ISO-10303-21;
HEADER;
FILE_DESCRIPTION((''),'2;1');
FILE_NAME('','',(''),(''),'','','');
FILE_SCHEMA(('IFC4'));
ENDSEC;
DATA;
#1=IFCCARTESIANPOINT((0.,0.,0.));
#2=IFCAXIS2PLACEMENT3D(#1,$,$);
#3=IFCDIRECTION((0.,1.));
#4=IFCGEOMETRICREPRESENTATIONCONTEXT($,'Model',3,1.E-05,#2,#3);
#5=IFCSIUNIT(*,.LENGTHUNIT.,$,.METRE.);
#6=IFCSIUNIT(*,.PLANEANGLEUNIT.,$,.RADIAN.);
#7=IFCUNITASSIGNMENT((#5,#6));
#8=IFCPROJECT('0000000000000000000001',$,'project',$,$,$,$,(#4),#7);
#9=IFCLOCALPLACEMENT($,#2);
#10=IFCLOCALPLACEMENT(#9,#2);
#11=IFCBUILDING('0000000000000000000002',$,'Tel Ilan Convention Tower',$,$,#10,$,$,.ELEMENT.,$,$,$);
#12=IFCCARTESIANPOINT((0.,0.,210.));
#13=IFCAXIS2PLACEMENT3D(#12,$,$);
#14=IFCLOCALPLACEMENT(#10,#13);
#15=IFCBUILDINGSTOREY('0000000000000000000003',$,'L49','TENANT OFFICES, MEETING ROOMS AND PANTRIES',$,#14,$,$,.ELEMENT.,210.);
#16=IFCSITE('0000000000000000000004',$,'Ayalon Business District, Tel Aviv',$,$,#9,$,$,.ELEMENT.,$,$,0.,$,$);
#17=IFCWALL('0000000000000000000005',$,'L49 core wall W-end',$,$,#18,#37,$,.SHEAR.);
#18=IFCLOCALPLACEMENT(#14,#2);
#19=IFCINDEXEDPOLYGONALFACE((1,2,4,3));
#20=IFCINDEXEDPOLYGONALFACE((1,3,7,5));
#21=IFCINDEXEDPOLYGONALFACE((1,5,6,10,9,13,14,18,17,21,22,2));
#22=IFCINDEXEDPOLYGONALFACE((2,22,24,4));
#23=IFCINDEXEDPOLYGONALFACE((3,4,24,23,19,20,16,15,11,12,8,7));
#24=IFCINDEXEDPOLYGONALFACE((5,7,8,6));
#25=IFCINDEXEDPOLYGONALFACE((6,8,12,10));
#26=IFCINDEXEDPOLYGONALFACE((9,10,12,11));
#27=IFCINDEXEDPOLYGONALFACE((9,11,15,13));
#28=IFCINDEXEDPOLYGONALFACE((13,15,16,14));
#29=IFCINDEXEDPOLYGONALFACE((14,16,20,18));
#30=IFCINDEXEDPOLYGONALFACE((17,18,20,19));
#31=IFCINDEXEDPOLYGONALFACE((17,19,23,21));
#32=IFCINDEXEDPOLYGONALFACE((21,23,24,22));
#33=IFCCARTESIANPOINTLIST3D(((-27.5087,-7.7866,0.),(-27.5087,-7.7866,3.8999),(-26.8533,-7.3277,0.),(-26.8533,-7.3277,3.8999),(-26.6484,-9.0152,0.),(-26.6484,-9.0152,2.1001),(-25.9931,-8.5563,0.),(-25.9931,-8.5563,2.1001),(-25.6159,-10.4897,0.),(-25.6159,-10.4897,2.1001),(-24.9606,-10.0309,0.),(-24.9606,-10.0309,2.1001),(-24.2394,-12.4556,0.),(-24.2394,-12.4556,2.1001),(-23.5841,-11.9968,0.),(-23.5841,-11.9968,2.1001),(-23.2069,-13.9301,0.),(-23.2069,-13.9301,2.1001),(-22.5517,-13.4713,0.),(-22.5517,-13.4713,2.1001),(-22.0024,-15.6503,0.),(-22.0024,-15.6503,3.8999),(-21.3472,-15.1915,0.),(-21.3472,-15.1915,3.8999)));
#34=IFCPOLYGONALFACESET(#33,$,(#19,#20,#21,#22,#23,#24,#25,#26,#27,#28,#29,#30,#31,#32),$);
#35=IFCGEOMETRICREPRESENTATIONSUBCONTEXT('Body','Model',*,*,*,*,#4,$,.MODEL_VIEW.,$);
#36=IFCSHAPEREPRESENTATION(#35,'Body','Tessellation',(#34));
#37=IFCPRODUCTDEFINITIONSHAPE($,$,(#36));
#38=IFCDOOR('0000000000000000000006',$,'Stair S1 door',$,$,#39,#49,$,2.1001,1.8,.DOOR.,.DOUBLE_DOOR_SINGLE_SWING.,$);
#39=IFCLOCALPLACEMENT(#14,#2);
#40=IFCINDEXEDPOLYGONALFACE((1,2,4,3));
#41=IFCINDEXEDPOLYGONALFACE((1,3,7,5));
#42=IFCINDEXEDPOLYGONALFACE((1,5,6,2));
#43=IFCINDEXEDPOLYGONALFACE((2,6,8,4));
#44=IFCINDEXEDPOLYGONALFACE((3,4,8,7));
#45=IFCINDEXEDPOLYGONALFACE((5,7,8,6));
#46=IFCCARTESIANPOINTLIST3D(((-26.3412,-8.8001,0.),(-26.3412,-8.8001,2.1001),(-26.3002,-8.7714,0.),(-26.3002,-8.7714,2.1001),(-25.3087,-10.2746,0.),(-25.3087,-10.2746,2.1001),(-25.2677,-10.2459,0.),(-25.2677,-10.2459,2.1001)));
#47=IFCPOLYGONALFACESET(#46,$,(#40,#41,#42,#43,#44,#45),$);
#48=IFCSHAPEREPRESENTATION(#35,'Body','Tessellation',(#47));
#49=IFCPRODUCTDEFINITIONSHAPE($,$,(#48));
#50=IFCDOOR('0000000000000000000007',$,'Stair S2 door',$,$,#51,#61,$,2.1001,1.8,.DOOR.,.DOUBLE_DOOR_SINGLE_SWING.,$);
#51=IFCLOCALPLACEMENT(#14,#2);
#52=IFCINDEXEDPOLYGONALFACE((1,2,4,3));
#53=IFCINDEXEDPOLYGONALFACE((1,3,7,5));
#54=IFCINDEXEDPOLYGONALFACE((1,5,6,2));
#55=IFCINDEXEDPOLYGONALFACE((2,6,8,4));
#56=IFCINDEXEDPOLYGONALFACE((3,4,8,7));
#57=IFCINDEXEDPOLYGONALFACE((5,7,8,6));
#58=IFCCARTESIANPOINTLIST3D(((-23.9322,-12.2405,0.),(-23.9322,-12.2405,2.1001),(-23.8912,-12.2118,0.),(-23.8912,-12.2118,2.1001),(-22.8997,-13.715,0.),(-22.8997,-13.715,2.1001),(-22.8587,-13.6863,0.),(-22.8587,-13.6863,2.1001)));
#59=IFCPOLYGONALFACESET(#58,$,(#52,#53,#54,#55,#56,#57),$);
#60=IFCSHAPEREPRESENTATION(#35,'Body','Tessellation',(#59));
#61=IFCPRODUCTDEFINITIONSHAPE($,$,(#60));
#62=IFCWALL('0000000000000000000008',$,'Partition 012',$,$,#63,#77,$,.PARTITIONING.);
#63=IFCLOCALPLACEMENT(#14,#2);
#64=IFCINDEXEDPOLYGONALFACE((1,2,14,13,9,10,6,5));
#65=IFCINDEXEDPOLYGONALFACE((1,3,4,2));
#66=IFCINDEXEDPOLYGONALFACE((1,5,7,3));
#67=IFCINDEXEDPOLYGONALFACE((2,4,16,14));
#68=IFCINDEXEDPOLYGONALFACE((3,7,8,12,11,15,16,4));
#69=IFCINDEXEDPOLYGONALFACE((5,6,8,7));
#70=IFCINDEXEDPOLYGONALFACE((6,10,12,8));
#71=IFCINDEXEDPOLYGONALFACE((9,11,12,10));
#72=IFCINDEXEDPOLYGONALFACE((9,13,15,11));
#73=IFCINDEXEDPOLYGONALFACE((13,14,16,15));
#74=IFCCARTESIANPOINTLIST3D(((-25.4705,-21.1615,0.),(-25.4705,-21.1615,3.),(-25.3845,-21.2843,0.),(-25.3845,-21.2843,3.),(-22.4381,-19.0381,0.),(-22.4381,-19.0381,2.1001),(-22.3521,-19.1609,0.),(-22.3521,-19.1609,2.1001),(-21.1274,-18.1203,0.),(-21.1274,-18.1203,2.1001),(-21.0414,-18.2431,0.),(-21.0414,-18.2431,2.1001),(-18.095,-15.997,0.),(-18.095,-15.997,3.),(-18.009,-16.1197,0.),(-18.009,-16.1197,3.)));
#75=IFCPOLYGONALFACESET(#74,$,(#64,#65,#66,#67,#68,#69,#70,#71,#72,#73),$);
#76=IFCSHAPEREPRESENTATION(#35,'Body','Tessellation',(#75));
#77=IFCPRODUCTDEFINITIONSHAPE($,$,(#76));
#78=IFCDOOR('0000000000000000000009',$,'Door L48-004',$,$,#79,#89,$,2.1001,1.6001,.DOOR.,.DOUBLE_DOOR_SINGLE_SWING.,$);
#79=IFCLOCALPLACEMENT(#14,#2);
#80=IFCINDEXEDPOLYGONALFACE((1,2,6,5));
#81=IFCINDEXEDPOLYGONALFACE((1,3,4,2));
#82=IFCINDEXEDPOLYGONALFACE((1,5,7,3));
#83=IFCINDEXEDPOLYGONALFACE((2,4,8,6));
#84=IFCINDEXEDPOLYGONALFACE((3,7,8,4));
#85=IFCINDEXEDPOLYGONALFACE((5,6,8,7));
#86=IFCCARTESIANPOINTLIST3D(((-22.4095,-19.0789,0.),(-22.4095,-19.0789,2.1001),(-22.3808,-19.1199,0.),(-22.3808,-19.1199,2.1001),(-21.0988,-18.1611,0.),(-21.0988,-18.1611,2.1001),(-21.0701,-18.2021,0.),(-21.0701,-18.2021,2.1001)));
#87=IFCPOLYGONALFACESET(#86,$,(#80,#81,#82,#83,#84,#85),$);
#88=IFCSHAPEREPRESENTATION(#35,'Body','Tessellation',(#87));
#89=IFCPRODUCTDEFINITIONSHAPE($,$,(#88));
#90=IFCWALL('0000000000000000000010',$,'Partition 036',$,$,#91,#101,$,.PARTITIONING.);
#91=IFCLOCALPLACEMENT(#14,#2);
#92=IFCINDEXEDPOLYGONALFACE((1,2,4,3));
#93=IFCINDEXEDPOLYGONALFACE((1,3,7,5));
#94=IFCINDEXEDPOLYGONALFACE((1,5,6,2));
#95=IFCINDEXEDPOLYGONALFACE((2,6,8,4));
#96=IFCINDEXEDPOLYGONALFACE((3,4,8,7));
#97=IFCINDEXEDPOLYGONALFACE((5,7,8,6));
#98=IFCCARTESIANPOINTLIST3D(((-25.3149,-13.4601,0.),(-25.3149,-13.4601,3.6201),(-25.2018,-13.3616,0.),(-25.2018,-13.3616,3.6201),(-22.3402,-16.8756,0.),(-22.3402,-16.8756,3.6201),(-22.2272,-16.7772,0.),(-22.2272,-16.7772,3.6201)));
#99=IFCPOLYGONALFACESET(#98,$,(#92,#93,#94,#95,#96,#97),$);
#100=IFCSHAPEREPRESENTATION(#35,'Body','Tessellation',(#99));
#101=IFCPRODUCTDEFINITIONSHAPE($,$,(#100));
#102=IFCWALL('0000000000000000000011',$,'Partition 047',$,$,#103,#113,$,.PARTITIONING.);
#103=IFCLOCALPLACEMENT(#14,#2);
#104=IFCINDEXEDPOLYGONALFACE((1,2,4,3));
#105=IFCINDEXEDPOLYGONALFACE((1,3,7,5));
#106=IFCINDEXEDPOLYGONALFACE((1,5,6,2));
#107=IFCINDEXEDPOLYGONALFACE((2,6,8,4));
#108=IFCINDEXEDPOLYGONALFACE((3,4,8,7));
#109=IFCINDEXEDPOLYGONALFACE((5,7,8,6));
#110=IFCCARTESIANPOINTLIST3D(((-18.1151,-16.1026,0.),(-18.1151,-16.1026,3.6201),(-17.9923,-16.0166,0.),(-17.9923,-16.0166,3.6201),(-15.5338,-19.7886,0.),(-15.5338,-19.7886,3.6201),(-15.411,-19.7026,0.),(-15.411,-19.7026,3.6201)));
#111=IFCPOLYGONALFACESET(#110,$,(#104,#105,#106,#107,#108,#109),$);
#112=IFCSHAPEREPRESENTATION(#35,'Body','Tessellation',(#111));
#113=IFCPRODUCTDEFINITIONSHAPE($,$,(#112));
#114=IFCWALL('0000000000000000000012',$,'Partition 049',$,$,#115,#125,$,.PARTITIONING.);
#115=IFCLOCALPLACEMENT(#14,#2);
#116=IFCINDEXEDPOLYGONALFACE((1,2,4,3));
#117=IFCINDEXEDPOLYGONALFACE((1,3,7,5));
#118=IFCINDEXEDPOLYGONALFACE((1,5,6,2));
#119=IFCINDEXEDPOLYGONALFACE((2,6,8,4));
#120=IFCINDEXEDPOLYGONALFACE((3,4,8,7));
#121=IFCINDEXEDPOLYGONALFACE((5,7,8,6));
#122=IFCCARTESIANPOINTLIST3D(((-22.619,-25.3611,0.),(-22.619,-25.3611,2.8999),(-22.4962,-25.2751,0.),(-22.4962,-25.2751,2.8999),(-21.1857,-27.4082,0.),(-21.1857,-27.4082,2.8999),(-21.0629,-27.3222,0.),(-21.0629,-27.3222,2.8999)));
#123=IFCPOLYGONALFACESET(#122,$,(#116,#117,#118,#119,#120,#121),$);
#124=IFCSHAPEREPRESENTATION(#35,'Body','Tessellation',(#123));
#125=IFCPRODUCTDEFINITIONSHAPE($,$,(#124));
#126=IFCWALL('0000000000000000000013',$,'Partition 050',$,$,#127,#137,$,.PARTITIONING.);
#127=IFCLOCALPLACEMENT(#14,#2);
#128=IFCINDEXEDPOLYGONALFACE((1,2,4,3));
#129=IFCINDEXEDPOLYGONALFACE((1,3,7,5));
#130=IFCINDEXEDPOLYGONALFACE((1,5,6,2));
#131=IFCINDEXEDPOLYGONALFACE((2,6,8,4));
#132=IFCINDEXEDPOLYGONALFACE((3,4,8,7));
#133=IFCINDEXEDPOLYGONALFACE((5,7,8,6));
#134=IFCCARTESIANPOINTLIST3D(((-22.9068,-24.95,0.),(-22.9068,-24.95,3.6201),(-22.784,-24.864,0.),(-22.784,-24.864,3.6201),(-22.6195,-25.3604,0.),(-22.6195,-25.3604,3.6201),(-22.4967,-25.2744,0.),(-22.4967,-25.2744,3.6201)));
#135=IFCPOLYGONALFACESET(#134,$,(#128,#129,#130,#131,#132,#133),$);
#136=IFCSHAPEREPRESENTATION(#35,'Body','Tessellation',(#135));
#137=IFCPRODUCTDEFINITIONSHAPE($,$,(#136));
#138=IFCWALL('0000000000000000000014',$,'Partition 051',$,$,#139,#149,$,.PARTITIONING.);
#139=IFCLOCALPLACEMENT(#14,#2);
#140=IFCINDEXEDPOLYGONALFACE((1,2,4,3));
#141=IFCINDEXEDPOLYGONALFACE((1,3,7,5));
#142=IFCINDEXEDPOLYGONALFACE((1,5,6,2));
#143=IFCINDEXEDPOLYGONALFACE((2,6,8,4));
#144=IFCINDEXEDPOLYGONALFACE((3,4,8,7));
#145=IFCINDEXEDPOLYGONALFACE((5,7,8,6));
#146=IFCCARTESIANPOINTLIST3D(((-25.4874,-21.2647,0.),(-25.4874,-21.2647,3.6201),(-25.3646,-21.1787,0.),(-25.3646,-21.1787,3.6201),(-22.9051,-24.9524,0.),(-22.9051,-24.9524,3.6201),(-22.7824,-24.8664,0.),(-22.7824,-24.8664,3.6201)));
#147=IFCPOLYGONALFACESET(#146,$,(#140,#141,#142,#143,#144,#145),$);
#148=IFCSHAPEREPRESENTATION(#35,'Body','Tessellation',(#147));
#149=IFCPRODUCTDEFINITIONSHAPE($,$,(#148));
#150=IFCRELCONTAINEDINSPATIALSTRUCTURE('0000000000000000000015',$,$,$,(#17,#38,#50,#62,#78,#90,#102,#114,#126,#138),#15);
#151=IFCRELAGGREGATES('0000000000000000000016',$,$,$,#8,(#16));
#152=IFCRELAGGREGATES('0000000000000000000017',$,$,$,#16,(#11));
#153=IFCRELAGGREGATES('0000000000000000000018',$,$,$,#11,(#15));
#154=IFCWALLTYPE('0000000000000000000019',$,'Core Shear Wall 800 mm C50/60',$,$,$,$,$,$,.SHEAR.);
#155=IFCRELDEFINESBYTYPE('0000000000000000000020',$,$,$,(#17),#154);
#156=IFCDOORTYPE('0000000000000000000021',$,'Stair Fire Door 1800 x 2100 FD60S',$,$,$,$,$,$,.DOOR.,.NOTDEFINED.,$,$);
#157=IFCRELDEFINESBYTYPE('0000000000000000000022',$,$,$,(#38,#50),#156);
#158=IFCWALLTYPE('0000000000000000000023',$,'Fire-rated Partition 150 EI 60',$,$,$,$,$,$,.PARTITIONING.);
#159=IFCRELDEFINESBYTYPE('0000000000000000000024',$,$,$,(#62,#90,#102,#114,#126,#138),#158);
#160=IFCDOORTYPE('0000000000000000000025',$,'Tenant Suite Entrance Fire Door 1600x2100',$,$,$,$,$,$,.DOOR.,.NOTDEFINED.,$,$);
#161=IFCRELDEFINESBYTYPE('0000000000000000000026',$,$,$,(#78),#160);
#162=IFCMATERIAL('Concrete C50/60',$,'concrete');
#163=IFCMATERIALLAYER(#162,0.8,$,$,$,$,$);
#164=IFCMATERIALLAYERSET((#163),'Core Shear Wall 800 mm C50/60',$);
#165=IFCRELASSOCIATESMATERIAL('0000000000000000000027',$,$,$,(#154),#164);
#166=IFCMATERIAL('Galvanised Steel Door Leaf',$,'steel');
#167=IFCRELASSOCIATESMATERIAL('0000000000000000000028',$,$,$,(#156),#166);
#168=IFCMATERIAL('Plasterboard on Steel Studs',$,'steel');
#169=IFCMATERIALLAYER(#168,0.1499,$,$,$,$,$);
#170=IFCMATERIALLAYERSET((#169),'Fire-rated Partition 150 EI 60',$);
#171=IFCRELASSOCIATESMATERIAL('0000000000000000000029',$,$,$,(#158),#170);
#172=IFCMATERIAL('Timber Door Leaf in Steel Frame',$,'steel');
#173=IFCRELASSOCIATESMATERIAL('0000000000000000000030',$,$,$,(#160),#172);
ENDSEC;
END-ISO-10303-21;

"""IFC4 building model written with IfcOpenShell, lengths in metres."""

from ifc_helpers import new_model, si_unit, direction, frame, frame_2d, origin, place, context, subcontext, project, spatial, polyline, rectangle, outline, extrude, material, layer, layer_set, type_object, element, fill, save


model = new_model("IFC4")

# Units and contexts
model_context = context("Model", 3, precision=1e-05, world=origin(), true_north=direction((0.0, 1.0)))
body_context = subcontext(model_context, "Body", "Model", "MODEL_VIEW")
ifc_project = project(units=[si_unit("LENGTHUNIT", "METRE"), si_unit("PLANEANGLEUNIT", "RADIAN")], contexts=[model_context])

# Site, building, storey
site_placement = place(None, origin())
site = spatial("IfcSite", under=ifc_project, at=site_placement, Name="Ayalon Business District, Tel Aviv", CompositionType="ELEMENT", RefElevation=0.0)
building_placement = place(site_placement, origin())
building = spatial("IfcBuilding", under=site, at=building_placement, Name="Tel Ilan Convention Tower", CompositionType="ELEMENT")
storey_placement = place(building_placement, frame((0.0, 0.0, 210.0)))
storey = spatial("IfcBuildingStorey", under=building, at=storey_placement, Name="L49", Description="TENANT OFFICES, MEETING ROOMS AND PANTRIES", CompositionType="ELEMENT", Elevation=210.0)

# Wall, openings, doors
ifc_material_1 = material(Name="Concrete C50/60", Category="concrete")
ifc_layer_1 = layer(ifc_material_1, 0.8)
ifc_layer_set_1 = layer_set([ifc_layer_1], Name="Core Shear Wall 800 mm C50/60")
wall_type_1 = type_object("IfcWallType", Name="Core Shear Wall 800 mm C50/60", PredefinedType="SHEAR", material=ifc_layer_set_1)
wall_1_placement = place(storey_placement, frame((-21.6748, -15.4209, 0.0), z_axis=(0.0, 0.0, 1.0), x_axis=(-0.573582, 0.819148, 0.0)))
wall_1 = element("IfcWall", 1, at=wall_1_placement, inside=storey, type_object=wall_type_1, Name="L49 core wall W-end", PredefinedType="SHEAR", context=body_context, shape_type="SweptSolid", body=[
    extrude(outline(polyline([(0.0, 0.3999), (0.0, -0.3999), (9.5999, -0.4001), (9.5999, 0.3999), (0.0, 0.3999)])), origin(), (0.0, 0.0, 1.0), 3.8999),
])
opening_1_placement = place(wall_1_placement, frame((6.3, 0.0, 0.0)))
opening_1 = element("IfcOpeningElement", 2, at=opening_1_placement, cuts=wall_1, PredefinedType="OPENING", context=body_context, shape_type="SweptSolid", body=[
    extrude(rectangle(XDim=1.8, YDim=2.1001, at=frame_2d((0.8999, 1.05))), frame((0.0, 0.4099, 0.0), z_axis=(0.0, -1.0, 0.0), x_axis=(1.0, 0.0, 0.0)), (0.0, 0.0, 1.0), 0.8201),
])
opening_2_placement = place(wall_1_placement, frame((2.1001, 0.0, 0.0)))
opening_2 = element("IfcOpeningElement", 3, at=opening_2_placement, cuts=wall_1, PredefinedType="OPENING", context=body_context, shape_type="SweptSolid", body=[
    extrude(rectangle(XDim=1.8, YDim=2.1001, at=frame_2d((0.8999, 1.05))), frame((0.0, 0.4099, 0.0), z_axis=(0.0, -1.0, 0.0), x_axis=(1.0, 0.0, 0.0)), (0.0, 0.0, 1.0), 0.8201),
])
ifc_material_2 = material(Name="Galvanised Steel Door Leaf", Category="steel")
door_type_1 = type_object("IfcDoorType", Name="Stair Fire Door 1800 x 2100 FD60S", OperationType="NOTDEFINED", PredefinedType="DOOR", material=ifc_material_2)
door_1_placement = place(opening_1_placement, origin())
door_1 = element("IfcDoor", 4, at=door_1_placement, inside=storey, type_object=door_type_1, Name="Stair S1 door", OperationType="DOUBLE_DOOR_SINGLE_SWING", OverallHeight=2.1001, OverallWidth=1.8, PredefinedType="DOOR", context=body_context, shape_type="SweptSolid", body=[
    extrude(rectangle(XDim=1.8, YDim=2.1001, at=frame_2d((0.8999, 1.05))), frame((0.0, 0.0249, 0.0), z_axis=(0.0, -1.0, 0.0), x_axis=(1.0, 0.0, 0.0)), (0.0, 0.0, 1.0), 0.05),
])
fill(opening_1, door_1)
door_2_placement = place(opening_2_placement, origin())
door_2 = element("IfcDoor", 5, at=door_2_placement, inside=storey, type_object=door_type_1, Name="Stair S2 door", OperationType="DOUBLE_DOOR_SINGLE_SWING", OverallHeight=2.1001, OverallWidth=1.8, PredefinedType="DOOR", context=body_context, shape_type="SweptSolid", body=[
    extrude(rectangle(XDim=1.8, YDim=2.1001, at=frame_2d((0.8999, 1.05))), frame((0.0, 0.0249, 0.0), z_axis=(0.0, -1.0, 0.0), x_axis=(1.0, 0.0, 0.0)), (0.0, 0.0, 1.0), 0.05),
])
fill(opening_2, door_2)

# Wall, opening, door
ifc_material_3 = material(Name="Plasterboard on Steel Studs", Category="steel")
ifc_layer_2 = layer(ifc_material_3, 0.1499)
ifc_layer_set_2 = layer_set([ifc_layer_2], Name="Fire-rated Partition 150 EI 60")
wall_type_2 = type_object("IfcWallType", Name="Fire-rated Partition 150 EI 60", PredefinedType="PARTITIONING", material=ifc_layer_set_2)
wall_2_placement = place(storey_placement, frame((-18.052, -16.0583, 0.0), z_axis=(0.0, 0.0, 1.0), x_axis=(-0.819143, -0.57359, 0.0)))
wall_2 = element("IfcWall", 6, at=wall_2_placement, inside=storey, type_object=wall_type_2, Name="Partition 012", PredefinedType="PARTITIONING", context=body_context, shape_type="SweptSolid", body=[
    extrude(rectangle(XDim=9.0039, YDim=0.1499, at=frame_2d((4.502, 0.0))), origin(), (0.0, 0.0, 1.0), 3.0),
])
opening_3_placement = place(wall_2_placement, frame((3.7019, 0.0, 0.0)))
opening_3 = element("IfcOpeningElement", 7, at=opening_3_placement, cuts=wall_2, PredefinedType="OPENING", context=body_context, shape_type="SweptSolid", body=[
    extrude(rectangle(XDim=1.6001, YDim=2.1001, at=frame_2d((0.8, 1.05))), frame((0.0, 0.085, 0.0), z_axis=(0.0, -1.0, 0.0), x_axis=(1.0, 0.0, 0.0)), (0.0, 0.0, 1.0), 0.1699),
])
ifc_material_4 = material(Name="Timber Door Leaf in Steel Frame", Category="steel")
door_type_2 = type_object("IfcDoorType", Name="Tenant Suite Entrance Fire Door 1600x2100", OperationType="NOTDEFINED", PredefinedType="DOOR", material=ifc_material_4)
door_3_placement = place(opening_3_placement, origin())
door_3 = element("IfcDoor", 8, at=door_3_placement, inside=storey, type_object=door_type_2, Name="Door L48-004", OperationType="DOUBLE_DOOR_SINGLE_SWING", OverallHeight=2.1001, OverallWidth=1.6001, PredefinedType="DOOR", context=body_context, shape_type="SweptSolid", body=[
    extrude(rectangle(XDim=1.6001, YDim=2.1001, at=frame_2d((0.8, 1.05))), frame((0.0, 0.0249, 0.0), z_axis=(0.0, -1.0, 0.0), x_axis=(1.0, 0.0, 0.0)), (0.0, 0.0, 1.0), 0.05),
])
fill(opening_3, door_3)

# Walls
wall_3_placement = place(storey_placement, frame((-22.2837, -16.8264, 0.0), z_axis=(0.0, 0.0, 1.0), x_axis=(-0.656755, 0.754104, 0.0)))
element("IfcWall", 9, at=wall_3_placement, inside=storey, type_object=wall_type_2, Name="Partition 036", PredefinedType="PARTITIONING", context=body_context, shape_type="SweptSolid", body=[
    extrude(rectangle(XDim=4.5293, YDim=0.1499, at=frame_2d((2.2646, 0.0))), origin(), (0.0, 0.0, 1.0), 3.6201),
])
wall_4_placement = place(storey_placement, frame((-15.4724, -19.7456, 0.0), z_axis=(0.0, 0.0, 1.0), x_axis=(-0.573623, 0.81912, 0.0)))
element("IfcWall", 10, at=wall_4_placement, inside=storey, type_object=wall_type_2, Name="Partition 047", PredefinedType="PARTITIONING", context=body_context, shape_type="SweptSolid", body=[
    extrude(rectangle(XDim=4.5, YDim=0.1499, at=frame_2d((2.25, 0.0))), origin(), (0.0, 0.0, 1.0), 3.6201),
])
wall_5_placement = place(storey_placement, frame((-21.1243, -27.3652, 0.0), z_axis=(0.0, 0.0, 1.0), x_axis=(-0.573561, 0.819163, 0.0)))
element("IfcWall", 11, at=wall_5_placement, inside=storey, type_object=wall_type_2, Name="Partition 049", PredefinedType="PARTITIONING", context=body_context, shape_type="SweptSolid", body=[
    extrude(rectangle(XDim=2.499, YDim=0.1499, at=frame_2d((1.2495, 0.0))), origin(), (0.0, 0.0, 1.0), 2.8999),
])
wall_6_placement = place(storey_placement, frame((-22.5581, -25.3174, 0.0), z_axis=(0.0, 0.0, 1.0), x_axis=(-0.57356, 0.819163, 0.0)))
element("IfcWall", 12, at=wall_6_placement, inside=storey, type_object=wall_type_2, Name="Partition 050", PredefinedType="PARTITIONING", context=body_context, shape_type="SweptSolid", body=[
    extrude(rectangle(XDim=0.501, YDim=0.1499, at=frame_2d((0.2505, 0.0))), origin(), (0.0, 0.0, 1.0), 3.6201),
])
wall_7_placement = place(storey_placement, frame((-22.8438, -24.9094, 0.0), z_axis=(0.0, 0.0, 1.0), x_axis=(-0.57359, 0.819143, 0.0)))
element("IfcWall", 13, at=wall_7_placement, inside=storey, type_object=wall_type_2, Name="Partition 051", PredefinedType="PARTITIONING", context=body_context, shape_type="SweptSolid", body=[
    extrude(rectangle(XDim=4.502, YDim=0.1499, at=frame_2d((2.251, 0.0))), origin(), (0.0, 0.0, 1.0), 3.6201),
])

save(model, "model.ifc")
